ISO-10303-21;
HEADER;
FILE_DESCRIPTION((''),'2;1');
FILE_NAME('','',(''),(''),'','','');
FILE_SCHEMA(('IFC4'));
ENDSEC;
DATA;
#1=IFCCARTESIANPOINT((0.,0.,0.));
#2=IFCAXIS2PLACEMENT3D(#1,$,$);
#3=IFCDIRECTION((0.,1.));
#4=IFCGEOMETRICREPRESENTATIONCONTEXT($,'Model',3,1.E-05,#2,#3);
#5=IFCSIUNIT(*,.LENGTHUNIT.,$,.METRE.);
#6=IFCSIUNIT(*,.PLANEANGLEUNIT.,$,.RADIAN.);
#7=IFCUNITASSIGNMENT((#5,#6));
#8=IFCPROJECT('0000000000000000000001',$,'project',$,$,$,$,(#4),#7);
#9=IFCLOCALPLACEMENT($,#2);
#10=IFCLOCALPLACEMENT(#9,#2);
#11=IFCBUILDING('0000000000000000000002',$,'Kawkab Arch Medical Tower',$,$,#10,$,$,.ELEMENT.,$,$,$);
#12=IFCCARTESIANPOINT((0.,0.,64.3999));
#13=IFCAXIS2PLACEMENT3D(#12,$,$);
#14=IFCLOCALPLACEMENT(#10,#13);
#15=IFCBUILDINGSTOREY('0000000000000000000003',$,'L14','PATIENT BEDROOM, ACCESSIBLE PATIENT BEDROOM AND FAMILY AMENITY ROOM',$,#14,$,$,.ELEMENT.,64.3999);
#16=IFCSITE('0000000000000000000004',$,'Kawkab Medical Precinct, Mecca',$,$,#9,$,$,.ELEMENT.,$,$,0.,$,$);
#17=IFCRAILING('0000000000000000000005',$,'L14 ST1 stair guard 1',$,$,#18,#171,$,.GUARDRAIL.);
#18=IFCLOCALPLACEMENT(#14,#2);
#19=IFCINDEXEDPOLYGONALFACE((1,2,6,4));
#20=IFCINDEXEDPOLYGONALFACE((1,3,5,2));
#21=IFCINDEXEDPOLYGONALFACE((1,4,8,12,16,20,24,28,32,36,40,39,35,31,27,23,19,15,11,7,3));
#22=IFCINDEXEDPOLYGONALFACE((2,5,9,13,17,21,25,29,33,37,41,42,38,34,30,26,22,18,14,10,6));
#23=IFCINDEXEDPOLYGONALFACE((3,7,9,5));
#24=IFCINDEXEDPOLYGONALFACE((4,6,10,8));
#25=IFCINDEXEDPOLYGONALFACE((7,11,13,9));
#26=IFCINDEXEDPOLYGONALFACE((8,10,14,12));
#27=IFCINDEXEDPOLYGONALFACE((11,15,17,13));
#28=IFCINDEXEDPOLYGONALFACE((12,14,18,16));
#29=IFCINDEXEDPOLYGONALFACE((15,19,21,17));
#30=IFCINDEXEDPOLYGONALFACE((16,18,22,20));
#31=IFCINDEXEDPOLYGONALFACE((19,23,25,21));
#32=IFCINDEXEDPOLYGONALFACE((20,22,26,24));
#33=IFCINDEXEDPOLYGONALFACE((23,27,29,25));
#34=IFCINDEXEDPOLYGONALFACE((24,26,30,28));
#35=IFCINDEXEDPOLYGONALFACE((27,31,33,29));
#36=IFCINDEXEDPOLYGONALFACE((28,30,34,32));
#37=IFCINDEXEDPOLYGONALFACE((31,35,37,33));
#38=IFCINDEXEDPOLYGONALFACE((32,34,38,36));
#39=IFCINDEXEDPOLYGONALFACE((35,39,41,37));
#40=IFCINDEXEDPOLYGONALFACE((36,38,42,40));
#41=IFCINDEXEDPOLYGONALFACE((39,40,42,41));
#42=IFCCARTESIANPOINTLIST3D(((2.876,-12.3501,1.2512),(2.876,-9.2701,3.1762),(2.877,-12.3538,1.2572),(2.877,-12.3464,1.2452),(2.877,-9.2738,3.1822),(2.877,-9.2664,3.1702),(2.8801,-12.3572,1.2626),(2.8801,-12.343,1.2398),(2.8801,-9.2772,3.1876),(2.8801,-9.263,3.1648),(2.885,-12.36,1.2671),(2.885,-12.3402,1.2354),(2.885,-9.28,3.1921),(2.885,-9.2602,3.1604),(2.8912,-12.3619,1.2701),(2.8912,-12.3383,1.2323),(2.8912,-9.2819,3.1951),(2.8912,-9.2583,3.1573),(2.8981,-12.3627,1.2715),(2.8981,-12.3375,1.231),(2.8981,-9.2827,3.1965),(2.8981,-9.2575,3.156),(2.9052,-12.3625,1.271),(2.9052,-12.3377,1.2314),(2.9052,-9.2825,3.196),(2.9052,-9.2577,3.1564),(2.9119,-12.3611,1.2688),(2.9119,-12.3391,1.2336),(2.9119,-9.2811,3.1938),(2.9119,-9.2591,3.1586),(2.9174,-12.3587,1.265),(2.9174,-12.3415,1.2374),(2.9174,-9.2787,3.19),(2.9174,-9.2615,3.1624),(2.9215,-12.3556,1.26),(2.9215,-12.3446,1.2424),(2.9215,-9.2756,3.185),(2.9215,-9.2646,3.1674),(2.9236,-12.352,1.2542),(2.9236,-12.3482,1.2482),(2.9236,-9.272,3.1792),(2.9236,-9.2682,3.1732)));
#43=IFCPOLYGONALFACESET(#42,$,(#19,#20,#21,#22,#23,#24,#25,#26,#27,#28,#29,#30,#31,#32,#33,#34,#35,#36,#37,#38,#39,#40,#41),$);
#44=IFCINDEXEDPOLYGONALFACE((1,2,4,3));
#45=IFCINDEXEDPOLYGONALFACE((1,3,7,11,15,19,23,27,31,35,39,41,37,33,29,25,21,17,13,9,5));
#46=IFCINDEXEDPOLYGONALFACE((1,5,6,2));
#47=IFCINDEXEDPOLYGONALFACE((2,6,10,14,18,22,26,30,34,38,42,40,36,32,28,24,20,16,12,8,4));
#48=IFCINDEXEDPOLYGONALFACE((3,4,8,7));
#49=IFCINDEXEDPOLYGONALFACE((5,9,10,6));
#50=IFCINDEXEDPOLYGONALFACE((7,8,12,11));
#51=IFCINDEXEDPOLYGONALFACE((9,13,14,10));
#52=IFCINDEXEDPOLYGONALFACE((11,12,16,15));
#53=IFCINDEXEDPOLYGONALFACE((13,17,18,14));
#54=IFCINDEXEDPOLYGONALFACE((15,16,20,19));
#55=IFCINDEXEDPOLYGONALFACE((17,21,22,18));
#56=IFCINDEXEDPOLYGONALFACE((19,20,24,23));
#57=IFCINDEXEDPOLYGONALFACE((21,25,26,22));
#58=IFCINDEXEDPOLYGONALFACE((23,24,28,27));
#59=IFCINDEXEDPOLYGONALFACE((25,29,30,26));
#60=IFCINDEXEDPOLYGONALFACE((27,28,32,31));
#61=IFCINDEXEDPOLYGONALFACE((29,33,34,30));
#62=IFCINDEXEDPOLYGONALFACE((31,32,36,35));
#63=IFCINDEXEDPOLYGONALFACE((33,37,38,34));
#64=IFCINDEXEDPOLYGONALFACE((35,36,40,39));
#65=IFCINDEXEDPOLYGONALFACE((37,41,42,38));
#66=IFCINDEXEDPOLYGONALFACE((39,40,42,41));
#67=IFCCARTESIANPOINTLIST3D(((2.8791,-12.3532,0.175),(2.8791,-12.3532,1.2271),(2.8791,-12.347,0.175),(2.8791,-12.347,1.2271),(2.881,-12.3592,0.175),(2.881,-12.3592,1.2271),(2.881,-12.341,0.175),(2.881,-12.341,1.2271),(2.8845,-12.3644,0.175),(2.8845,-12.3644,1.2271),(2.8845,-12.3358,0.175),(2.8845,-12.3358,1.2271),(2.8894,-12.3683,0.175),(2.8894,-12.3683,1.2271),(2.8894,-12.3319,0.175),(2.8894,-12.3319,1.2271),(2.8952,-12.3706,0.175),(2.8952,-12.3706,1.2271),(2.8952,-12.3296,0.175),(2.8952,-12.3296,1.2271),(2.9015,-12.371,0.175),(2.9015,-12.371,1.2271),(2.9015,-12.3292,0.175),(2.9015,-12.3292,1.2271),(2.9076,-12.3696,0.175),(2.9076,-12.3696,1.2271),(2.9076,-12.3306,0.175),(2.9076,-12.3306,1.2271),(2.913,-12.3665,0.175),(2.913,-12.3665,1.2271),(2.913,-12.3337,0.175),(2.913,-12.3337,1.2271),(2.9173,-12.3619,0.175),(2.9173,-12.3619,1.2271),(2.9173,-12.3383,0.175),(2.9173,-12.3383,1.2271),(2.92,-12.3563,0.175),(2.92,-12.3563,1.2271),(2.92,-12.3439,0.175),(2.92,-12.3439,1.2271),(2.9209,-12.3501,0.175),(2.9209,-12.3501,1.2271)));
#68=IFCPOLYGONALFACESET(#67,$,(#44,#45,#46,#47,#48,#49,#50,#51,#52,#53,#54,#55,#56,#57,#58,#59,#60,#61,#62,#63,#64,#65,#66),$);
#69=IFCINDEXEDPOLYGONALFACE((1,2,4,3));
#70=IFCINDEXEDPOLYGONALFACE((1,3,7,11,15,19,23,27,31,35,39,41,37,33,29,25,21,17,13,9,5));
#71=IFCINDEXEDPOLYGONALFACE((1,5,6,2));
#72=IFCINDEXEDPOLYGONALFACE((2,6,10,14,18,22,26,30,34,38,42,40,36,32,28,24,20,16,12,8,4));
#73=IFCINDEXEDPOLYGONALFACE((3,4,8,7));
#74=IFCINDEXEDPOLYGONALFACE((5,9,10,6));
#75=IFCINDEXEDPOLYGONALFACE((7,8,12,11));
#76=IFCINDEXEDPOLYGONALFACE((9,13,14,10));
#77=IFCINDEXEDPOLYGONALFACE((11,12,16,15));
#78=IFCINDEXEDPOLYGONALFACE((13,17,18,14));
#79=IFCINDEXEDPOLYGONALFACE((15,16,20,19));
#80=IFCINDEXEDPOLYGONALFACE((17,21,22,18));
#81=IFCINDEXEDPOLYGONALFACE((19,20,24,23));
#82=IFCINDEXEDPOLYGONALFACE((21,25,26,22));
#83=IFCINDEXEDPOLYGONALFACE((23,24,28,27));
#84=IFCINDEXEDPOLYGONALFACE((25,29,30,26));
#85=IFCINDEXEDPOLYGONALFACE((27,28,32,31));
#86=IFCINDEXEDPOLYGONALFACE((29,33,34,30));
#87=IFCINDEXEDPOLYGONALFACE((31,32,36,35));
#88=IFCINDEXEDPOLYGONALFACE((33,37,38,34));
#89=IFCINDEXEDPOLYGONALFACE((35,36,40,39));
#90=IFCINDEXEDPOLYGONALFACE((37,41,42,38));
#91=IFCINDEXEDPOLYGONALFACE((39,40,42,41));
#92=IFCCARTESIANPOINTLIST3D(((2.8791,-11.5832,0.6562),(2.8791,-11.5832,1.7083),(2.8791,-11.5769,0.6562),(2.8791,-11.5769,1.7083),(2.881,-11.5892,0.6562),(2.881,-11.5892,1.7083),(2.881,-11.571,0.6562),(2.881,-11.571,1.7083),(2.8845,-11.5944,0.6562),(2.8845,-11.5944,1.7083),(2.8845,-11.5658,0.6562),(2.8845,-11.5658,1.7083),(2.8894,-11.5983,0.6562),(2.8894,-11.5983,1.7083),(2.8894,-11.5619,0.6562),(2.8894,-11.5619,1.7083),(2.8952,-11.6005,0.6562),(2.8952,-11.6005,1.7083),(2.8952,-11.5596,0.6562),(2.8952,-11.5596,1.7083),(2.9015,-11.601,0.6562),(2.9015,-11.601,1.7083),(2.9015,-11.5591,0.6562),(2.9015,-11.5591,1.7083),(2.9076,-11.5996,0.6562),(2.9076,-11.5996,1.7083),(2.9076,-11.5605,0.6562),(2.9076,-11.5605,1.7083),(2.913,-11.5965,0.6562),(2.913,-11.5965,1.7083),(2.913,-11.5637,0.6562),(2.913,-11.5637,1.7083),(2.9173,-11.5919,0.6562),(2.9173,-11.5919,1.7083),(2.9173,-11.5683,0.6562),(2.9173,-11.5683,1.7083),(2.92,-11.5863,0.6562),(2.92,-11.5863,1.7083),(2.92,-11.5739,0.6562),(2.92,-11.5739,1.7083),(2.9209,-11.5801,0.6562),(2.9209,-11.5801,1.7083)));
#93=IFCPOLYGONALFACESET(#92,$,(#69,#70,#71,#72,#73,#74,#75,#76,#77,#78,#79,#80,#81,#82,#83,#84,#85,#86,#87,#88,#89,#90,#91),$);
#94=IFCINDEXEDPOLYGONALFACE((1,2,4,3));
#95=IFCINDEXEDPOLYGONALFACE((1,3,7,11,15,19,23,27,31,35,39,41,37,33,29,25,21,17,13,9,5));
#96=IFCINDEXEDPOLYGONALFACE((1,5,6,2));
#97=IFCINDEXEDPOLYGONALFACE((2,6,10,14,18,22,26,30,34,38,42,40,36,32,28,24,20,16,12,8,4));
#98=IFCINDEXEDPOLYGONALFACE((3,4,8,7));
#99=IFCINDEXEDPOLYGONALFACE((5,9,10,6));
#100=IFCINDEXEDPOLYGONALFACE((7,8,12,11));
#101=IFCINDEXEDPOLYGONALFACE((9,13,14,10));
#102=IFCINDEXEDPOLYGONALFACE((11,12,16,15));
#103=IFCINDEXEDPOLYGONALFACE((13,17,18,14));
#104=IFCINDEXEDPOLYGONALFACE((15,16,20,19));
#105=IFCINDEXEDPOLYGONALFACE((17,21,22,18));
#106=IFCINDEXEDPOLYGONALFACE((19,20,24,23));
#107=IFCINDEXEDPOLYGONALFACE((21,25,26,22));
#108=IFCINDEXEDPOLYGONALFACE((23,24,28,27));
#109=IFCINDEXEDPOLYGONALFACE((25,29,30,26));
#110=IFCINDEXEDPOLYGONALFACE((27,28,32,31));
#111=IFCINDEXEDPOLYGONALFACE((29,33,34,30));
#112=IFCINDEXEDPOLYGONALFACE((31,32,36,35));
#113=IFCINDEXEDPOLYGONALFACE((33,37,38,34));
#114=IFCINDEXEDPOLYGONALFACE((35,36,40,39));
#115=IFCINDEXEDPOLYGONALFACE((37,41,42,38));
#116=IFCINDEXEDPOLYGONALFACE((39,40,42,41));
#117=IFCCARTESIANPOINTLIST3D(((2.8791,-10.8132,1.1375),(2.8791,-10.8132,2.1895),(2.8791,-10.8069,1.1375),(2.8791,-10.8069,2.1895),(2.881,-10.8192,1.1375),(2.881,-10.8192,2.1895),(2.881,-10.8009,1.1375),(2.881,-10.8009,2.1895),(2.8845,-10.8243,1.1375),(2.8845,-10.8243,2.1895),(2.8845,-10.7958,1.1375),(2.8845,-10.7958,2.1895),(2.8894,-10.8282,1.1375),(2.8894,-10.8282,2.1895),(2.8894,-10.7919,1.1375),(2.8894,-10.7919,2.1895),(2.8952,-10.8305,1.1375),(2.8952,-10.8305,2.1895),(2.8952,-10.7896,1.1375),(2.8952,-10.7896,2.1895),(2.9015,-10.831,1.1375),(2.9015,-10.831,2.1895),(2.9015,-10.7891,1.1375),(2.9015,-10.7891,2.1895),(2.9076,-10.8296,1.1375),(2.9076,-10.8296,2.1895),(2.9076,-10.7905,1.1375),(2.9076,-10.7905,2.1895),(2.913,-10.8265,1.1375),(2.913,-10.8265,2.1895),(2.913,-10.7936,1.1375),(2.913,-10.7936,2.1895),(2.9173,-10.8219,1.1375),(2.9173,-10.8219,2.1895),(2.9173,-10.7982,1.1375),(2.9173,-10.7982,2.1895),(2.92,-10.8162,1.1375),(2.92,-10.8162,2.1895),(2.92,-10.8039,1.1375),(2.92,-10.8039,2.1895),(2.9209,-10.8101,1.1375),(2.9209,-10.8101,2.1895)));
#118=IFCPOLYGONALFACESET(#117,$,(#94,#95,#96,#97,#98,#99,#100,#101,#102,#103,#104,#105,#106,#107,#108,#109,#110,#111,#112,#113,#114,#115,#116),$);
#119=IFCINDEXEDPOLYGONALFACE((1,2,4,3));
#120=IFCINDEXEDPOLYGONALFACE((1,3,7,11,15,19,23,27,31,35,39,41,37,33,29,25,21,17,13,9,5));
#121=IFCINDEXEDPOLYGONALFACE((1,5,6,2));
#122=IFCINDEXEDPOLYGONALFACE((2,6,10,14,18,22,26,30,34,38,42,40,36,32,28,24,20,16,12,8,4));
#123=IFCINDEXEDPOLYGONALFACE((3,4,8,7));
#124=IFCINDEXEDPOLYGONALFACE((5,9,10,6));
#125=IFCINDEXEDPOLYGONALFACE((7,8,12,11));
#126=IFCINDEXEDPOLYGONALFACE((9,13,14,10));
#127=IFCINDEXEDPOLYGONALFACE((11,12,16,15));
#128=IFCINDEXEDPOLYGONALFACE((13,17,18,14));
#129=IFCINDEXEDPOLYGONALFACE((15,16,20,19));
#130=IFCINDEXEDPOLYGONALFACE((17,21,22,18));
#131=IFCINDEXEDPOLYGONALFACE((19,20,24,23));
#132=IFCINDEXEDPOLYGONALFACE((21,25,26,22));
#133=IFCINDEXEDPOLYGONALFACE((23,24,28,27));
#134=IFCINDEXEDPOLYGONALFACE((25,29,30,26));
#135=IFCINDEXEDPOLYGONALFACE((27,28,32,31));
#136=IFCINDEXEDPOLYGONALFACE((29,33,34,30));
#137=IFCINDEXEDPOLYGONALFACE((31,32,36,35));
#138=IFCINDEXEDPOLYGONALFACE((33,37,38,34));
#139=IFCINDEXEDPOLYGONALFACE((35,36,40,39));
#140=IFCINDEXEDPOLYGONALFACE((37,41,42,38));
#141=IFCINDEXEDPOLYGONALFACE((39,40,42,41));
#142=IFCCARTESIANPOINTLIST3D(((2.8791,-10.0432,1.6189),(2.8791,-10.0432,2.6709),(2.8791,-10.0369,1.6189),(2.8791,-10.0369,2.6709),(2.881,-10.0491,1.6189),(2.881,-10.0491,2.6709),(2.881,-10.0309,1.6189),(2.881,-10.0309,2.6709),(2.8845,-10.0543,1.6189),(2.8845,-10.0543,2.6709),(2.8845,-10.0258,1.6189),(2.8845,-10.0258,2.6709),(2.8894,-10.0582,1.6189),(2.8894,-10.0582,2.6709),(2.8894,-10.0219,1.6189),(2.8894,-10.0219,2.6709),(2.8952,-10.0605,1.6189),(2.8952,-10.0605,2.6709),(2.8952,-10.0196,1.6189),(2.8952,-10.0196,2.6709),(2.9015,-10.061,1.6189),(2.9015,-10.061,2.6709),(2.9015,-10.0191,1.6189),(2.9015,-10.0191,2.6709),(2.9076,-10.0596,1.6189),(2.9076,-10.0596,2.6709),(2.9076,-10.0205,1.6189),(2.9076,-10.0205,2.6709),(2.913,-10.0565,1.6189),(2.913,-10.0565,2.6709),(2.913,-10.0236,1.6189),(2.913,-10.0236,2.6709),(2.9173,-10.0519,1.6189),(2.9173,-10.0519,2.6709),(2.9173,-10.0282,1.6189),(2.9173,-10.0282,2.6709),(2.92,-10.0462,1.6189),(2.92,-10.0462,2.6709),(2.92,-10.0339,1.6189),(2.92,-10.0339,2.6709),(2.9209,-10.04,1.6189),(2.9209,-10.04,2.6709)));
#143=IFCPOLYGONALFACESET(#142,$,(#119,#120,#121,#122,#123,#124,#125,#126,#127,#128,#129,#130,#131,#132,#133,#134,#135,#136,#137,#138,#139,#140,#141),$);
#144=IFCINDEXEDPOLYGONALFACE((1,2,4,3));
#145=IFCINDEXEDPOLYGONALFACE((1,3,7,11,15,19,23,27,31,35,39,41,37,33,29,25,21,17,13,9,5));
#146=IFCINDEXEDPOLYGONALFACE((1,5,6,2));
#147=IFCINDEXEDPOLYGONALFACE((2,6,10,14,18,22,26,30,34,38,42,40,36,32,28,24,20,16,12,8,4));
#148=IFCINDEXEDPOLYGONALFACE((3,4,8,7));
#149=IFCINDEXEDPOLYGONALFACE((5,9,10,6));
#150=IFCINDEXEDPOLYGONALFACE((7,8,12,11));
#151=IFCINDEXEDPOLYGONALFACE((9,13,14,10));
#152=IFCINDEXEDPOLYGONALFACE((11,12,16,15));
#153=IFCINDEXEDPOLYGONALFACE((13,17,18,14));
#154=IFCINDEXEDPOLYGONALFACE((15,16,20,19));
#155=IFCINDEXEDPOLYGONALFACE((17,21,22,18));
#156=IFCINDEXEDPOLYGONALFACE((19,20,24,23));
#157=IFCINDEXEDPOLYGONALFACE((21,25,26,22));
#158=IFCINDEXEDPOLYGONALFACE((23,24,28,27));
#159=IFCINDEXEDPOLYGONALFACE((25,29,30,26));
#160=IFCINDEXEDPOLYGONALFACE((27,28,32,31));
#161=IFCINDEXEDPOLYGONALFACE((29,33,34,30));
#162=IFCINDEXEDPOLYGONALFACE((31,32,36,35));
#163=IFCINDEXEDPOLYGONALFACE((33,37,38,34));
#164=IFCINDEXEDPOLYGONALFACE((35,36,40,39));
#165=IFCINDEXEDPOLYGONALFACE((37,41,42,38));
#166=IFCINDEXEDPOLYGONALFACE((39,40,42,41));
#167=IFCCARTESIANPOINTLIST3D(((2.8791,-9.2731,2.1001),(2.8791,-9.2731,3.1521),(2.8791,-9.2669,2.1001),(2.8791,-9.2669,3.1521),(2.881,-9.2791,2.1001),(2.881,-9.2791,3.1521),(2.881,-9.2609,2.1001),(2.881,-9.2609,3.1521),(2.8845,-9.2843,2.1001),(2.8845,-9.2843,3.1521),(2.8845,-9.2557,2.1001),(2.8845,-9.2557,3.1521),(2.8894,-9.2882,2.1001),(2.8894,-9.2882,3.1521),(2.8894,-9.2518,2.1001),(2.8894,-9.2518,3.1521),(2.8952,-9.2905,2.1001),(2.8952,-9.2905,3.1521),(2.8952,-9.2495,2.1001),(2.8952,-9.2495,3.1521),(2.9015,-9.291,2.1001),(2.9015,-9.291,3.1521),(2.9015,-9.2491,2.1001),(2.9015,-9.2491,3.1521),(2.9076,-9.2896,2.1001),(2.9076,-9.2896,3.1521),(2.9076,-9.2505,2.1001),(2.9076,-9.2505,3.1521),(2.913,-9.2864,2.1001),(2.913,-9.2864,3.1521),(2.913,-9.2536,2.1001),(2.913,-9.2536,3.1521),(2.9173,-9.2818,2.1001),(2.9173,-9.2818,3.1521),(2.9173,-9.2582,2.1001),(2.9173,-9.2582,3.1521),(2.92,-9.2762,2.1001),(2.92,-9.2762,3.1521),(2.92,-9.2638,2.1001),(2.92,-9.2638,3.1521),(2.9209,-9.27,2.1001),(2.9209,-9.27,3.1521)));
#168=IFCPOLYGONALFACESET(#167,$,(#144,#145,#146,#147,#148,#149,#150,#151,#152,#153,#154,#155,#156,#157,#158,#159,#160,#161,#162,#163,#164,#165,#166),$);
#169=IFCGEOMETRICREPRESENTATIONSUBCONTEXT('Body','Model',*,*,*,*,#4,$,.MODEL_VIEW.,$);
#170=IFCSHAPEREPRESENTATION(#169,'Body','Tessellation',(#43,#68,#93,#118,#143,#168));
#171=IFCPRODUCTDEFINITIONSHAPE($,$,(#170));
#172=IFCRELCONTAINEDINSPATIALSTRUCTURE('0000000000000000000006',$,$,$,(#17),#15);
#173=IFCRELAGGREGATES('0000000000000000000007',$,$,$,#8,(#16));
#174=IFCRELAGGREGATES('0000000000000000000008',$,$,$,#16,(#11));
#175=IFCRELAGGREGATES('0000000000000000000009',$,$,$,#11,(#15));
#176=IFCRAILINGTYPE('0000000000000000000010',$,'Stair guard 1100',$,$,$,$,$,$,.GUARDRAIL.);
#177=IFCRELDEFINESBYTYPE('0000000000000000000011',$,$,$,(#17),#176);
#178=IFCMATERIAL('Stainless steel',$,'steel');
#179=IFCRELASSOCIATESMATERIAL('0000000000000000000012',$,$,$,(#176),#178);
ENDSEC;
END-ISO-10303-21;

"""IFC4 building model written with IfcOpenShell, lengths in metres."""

from ifc_helpers import new_model, si_unit, direction, frame, origin, origin_2d, place, context, subcontext, project, spatial, circle, extrude, material, type_object, element, save


model = new_model("IFC4")

# Units and contexts
model_context = context("Model", 3, precision=1e-05, world=origin(), true_north=direction((0.0, 1.0)))
body_context = subcontext(model_context, "Body", "Model", "MODEL_VIEW")
ifc_project = project(units=[si_unit("LENGTHUNIT", "METRE"), si_unit("PLANEANGLEUNIT", "RADIAN")], contexts=[model_context])

# Site, building, storey
site_placement = place(None, origin())
site = spatial("IfcSite", under=ifc_project, at=site_placement, Name="Kawkab Medical Precinct, Mecca", CompositionType="ELEMENT", RefElevation=0.0)
building_placement = place(site_placement, origin())
building = spatial("IfcBuilding", under=site, at=building_placement, Name="Kawkab Arch Medical Tower", CompositionType="ELEMENT")
storey_placement = place(building_placement, frame((0.0, 0.0, 64.3999)))
storey = spatial("IfcBuildingStorey", under=building, at=storey_placement, Name="L14", Description="PATIENT BEDROOM, ACCESSIBLE PATIENT BEDROOM AND FAMILY AMENITY ROOM", CompositionType="ELEMENT", Elevation=64.3999)

# Railing
ifc_material_1 = material(Name="Stainless steel", Category="steel")
railing_type = type_object("IfcRailingType", Name="Stair guard 1100", PredefinedType="GUARDRAIL", material=ifc_material_1)
railing_placement = place(storey_placement, frame((2.8999, -12.3501, 0.175)))
element("IfcRailing", 1, at=railing_placement, inside=storey, type_object=railing_type, Name="L14 ST1 stair guard 1", PredefinedType="GUARDRAIL", context=body_context, shape_type="SweptSolid", body=[
    extrude(circle(Radius=0.0239, at=origin_2d()), frame((0.0, 0.0, 1.0762), z_axis=(0.0, 0.847998, 0.529999), x_axis=(-1.0, 0.0, 0.0)), (0.0, 0.0, 1.0), 3.6321),
    extrude(circle(Radius=0.021, at=origin_2d()), origin(), (0.0, 0.0, 1.0), 1.052),
    extrude(circle(Radius=0.021, at=origin_2d()), frame((0.0, 0.77, 0.4812)), (0.0, 0.0, 1.0), 1.052),
    extrude(circle(Radius=0.021, at=origin_2d()), frame((0.0, 1.54, 0.9624)), (0.0, 0.0, 1.0), 1.052),
    extrude(circle(Radius=0.021, at=origin_2d()), frame((0.0, 2.3101, 1.4438)), (0.0, 0.0, 1.0), 1.052),
    extrude(circle(Radius=0.021, at=origin_2d()), frame((0.0, 3.0801, 1.925)), (0.0, 0.0, 1.0), 1.052),
])

save(model, "model.ifc")
